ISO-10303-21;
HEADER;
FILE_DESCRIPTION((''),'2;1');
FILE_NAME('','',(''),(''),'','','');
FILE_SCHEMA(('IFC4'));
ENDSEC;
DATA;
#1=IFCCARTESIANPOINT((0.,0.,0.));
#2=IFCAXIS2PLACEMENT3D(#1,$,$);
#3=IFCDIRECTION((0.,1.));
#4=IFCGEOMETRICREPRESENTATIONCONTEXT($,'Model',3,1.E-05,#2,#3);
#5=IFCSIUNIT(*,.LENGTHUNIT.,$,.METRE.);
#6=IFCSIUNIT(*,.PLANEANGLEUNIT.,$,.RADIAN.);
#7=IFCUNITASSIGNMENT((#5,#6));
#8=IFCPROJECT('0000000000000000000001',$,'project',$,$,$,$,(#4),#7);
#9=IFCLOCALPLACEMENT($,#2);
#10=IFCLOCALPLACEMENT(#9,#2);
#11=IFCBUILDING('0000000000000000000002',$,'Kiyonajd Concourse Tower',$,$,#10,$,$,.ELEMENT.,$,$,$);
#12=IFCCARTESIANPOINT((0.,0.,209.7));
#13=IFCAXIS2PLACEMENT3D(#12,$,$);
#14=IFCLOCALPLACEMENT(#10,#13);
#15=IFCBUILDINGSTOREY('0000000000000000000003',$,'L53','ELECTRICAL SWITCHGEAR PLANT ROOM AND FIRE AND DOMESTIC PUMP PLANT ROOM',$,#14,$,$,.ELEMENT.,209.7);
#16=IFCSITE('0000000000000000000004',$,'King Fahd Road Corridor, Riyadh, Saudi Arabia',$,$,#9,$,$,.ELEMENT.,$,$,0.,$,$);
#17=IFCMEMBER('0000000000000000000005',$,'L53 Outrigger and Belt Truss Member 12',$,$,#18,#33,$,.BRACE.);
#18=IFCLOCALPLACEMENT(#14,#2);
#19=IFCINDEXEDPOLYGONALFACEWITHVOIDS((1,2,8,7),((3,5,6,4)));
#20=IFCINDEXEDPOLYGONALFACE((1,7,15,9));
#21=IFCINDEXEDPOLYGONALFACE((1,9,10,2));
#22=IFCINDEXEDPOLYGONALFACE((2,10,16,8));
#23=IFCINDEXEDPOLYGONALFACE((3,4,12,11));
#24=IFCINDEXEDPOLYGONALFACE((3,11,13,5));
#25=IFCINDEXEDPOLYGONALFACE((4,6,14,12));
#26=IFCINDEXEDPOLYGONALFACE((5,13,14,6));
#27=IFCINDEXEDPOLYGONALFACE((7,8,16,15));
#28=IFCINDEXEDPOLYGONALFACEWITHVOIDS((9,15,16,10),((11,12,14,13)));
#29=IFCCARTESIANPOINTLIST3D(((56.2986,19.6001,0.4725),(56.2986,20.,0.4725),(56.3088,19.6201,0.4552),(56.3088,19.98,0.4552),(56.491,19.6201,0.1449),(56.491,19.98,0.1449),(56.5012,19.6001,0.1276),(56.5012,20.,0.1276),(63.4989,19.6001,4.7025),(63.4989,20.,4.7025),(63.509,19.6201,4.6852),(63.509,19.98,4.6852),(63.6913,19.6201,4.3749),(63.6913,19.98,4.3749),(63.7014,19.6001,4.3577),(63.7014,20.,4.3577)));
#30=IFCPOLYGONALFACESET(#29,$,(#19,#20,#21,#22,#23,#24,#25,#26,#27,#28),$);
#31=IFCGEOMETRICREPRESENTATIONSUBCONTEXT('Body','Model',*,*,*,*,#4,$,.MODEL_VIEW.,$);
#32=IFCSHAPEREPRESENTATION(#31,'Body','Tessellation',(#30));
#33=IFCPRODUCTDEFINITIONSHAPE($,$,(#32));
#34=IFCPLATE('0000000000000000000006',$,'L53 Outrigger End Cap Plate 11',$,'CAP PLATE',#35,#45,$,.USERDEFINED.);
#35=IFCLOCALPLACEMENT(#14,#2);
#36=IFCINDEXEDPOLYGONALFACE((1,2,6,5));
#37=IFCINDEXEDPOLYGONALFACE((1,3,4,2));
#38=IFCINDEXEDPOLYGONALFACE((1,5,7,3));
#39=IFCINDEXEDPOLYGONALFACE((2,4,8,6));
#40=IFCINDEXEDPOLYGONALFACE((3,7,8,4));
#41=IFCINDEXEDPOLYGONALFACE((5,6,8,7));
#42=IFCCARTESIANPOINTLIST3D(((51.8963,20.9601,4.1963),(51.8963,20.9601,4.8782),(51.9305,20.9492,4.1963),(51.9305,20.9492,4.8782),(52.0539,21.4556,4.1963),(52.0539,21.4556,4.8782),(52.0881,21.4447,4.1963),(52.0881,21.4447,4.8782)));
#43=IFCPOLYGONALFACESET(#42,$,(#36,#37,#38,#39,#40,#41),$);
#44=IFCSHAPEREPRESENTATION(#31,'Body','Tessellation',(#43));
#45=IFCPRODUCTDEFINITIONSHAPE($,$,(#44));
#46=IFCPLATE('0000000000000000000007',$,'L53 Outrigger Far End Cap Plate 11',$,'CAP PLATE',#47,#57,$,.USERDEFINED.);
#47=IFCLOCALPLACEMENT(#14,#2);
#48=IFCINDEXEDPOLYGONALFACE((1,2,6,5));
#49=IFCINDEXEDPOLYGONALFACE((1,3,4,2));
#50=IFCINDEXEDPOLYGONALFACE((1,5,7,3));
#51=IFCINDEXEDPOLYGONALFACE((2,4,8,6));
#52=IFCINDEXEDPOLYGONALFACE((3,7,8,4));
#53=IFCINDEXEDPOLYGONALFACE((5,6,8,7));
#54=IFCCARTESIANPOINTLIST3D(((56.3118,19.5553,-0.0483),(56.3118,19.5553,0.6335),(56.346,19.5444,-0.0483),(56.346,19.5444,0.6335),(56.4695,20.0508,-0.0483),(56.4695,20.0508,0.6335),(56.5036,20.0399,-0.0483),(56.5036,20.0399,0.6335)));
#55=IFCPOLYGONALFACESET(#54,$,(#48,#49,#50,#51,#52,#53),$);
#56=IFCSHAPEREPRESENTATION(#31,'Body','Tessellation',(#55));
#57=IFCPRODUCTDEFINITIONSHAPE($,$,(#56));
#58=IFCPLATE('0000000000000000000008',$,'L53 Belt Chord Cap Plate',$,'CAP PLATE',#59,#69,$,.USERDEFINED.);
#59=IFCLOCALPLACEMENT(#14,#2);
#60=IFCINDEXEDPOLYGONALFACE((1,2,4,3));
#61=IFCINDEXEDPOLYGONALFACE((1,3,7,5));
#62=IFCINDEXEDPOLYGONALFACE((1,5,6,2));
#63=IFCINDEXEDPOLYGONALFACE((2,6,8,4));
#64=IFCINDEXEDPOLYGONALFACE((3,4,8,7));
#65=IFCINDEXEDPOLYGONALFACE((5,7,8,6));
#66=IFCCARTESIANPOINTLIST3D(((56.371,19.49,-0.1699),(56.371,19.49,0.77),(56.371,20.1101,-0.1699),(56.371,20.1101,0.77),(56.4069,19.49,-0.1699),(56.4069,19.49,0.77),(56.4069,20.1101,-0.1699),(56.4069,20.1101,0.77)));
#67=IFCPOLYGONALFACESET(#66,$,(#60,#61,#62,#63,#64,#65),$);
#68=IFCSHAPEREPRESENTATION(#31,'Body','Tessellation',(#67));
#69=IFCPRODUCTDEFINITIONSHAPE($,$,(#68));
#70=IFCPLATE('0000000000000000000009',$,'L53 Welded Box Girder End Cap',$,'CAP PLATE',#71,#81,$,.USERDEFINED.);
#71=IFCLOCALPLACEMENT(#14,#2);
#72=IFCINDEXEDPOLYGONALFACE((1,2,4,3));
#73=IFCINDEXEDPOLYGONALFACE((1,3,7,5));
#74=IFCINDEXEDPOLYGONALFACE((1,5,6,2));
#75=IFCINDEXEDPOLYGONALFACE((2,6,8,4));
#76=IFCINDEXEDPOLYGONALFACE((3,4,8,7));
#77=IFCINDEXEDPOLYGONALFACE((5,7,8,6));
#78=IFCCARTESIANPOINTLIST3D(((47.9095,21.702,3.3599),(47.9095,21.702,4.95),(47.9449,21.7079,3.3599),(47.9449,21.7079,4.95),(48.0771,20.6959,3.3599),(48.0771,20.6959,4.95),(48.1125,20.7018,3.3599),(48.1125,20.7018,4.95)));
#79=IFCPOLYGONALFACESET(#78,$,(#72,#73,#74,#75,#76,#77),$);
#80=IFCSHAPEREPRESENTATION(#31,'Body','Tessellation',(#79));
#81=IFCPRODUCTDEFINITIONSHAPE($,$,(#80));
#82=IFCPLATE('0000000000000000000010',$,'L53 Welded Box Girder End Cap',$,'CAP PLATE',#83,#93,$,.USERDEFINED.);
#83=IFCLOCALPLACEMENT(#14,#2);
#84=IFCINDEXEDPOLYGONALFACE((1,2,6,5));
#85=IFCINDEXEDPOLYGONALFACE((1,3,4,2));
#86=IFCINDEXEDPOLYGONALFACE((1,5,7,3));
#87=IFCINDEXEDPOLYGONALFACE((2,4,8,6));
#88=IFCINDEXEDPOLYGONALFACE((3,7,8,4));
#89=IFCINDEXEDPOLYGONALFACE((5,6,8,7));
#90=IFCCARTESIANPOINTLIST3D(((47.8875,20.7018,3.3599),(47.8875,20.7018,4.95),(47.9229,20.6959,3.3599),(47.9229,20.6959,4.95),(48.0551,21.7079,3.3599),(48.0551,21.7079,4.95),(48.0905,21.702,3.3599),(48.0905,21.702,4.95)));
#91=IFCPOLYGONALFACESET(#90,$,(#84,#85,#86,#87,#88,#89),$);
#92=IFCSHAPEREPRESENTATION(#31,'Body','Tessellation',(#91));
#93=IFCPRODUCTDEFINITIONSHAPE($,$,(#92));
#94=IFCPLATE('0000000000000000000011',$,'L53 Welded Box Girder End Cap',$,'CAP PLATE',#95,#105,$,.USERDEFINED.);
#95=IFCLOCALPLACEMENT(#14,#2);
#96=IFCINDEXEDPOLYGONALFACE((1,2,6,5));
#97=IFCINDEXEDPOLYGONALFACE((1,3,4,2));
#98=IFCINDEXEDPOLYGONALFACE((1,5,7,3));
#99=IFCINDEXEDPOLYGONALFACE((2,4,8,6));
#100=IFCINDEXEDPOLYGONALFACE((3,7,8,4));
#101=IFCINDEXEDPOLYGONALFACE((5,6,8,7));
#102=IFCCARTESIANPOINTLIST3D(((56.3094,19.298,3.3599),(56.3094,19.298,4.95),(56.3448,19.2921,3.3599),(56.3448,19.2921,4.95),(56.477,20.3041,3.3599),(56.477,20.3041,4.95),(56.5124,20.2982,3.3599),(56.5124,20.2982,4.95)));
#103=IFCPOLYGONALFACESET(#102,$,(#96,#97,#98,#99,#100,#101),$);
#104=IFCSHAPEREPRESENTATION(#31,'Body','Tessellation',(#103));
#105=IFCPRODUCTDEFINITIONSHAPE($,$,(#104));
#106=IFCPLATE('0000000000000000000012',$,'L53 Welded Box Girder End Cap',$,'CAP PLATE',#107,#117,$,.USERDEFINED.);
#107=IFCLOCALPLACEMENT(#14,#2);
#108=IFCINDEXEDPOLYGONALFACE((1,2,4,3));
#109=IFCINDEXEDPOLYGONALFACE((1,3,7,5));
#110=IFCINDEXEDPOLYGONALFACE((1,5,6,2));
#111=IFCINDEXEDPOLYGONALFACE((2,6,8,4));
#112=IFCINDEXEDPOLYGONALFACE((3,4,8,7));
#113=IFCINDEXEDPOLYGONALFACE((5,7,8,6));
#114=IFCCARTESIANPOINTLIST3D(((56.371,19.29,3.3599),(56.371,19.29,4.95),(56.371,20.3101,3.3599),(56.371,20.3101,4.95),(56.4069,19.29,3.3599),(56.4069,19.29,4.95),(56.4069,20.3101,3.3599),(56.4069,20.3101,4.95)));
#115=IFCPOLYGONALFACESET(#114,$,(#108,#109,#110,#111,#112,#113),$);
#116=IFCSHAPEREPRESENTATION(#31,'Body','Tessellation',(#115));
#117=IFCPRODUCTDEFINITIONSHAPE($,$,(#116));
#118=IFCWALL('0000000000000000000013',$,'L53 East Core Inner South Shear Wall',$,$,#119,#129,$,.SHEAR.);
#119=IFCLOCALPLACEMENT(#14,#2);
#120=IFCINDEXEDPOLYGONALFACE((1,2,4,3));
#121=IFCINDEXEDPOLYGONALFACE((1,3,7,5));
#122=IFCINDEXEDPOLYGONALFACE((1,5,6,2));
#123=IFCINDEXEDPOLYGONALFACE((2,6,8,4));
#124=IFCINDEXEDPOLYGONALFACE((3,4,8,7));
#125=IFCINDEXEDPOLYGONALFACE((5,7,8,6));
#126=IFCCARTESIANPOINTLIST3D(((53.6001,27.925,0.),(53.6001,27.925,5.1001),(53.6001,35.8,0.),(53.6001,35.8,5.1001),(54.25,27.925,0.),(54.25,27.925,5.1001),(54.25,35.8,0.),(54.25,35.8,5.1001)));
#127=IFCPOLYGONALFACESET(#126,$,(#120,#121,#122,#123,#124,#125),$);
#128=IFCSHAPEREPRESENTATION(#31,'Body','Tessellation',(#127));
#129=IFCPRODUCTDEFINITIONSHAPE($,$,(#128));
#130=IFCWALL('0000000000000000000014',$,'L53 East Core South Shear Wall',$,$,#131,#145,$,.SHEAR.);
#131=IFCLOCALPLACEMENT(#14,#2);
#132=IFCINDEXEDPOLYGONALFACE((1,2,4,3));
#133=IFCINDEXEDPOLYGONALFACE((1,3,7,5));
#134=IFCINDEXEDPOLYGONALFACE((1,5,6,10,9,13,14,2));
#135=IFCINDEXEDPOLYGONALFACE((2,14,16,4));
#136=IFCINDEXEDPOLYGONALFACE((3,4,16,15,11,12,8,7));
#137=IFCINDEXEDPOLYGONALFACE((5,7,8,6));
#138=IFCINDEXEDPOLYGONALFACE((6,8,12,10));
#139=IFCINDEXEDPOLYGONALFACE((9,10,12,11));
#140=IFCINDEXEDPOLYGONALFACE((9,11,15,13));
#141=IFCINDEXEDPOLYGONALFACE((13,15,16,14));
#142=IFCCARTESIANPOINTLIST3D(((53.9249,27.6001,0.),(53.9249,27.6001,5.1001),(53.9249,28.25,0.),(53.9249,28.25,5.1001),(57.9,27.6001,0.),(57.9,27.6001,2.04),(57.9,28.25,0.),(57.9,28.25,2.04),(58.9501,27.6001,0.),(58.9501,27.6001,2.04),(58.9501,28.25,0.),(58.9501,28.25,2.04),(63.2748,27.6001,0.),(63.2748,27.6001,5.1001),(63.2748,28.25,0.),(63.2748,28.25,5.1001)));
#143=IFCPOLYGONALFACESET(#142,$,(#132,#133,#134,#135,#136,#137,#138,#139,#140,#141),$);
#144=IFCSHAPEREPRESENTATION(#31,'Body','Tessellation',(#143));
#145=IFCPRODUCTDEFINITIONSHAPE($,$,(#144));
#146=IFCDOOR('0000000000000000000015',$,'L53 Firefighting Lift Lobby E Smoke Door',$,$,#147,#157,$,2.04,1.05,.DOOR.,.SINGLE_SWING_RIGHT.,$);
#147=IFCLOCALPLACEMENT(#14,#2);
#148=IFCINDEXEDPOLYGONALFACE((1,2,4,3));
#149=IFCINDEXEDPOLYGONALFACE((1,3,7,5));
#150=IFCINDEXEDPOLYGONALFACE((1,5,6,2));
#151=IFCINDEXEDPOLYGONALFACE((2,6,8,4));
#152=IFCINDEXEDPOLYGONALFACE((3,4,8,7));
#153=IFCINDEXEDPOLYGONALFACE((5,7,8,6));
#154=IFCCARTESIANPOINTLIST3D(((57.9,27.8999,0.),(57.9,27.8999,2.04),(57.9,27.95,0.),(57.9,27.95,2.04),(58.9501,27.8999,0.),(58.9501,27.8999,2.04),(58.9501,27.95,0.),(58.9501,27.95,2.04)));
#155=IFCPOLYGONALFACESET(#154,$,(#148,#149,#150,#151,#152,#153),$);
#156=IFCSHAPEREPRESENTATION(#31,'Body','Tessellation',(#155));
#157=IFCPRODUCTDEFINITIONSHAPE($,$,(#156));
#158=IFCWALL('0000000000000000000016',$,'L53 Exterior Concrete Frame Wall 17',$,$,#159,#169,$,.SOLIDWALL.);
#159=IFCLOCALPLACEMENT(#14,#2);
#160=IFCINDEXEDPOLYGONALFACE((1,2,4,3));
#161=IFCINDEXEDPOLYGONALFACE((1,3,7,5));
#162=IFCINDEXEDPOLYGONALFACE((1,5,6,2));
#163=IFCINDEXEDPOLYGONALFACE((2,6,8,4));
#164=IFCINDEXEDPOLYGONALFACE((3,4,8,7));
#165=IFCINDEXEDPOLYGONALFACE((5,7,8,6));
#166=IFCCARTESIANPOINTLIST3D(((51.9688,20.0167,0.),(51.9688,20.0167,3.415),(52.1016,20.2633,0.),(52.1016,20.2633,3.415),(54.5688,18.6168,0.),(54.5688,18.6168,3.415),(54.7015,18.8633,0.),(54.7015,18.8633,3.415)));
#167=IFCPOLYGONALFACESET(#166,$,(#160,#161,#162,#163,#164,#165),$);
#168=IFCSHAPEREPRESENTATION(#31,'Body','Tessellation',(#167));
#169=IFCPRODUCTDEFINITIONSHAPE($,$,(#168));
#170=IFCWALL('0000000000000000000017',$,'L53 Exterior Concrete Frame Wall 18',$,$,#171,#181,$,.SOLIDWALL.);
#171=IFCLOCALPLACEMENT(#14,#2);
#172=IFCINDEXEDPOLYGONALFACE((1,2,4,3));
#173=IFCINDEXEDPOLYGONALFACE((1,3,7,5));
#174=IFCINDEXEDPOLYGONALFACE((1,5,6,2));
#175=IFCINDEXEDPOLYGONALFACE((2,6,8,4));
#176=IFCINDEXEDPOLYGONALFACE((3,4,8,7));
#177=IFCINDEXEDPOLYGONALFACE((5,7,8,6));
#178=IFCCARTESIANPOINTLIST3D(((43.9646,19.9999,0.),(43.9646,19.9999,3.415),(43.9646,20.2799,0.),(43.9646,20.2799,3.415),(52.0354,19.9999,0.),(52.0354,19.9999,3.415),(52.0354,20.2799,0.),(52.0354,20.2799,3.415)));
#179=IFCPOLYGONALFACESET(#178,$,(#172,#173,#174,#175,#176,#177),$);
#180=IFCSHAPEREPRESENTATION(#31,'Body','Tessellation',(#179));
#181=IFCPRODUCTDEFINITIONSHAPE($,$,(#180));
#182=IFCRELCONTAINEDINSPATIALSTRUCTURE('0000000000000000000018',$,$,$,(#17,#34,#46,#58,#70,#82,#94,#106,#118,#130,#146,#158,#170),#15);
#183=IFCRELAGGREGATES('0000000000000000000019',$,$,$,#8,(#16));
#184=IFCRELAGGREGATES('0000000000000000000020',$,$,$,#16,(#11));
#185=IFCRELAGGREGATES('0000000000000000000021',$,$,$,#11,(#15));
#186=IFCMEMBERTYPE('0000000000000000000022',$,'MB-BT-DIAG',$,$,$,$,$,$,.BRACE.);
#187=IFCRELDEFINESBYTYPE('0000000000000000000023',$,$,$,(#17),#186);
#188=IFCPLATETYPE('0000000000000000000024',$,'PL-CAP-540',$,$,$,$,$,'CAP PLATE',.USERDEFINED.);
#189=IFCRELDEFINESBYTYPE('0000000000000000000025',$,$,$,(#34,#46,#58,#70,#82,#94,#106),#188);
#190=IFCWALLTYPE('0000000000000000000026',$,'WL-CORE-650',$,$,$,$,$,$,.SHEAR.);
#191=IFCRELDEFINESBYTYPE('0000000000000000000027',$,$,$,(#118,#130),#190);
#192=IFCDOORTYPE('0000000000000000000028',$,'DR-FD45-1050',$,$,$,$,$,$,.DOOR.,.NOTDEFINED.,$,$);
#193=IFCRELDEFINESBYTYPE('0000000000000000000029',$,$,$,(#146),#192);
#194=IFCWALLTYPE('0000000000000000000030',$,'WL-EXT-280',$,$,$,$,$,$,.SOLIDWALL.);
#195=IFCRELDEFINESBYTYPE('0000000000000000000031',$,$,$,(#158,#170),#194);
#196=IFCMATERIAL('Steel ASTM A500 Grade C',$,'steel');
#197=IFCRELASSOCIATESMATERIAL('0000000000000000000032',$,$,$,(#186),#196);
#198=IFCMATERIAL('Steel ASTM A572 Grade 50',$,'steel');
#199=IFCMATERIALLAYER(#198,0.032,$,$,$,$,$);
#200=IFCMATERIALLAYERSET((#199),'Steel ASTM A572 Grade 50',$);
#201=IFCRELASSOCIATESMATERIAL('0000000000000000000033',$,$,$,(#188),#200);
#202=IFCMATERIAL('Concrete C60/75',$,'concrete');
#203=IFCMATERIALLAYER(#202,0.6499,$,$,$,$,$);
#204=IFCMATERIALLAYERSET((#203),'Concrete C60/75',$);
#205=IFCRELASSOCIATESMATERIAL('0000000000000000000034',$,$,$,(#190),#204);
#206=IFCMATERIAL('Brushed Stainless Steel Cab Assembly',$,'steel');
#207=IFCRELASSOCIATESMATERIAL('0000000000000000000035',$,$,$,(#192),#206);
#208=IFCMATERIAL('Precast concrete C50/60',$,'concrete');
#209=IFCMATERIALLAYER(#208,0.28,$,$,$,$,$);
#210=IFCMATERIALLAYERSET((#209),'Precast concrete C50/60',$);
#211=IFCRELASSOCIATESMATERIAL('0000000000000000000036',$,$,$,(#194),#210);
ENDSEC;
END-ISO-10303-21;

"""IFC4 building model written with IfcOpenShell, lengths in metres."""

from ifc_helpers import new_model, si_unit, direction, frame, frame_2d, origin, origin_2d, place, context, subcontext, project, spatial, rectangle, hollow_rectangle, extrude, material, layer, layer_set, material_profile, profile_set, type_object, element, fill, save


model = new_model("IFC4")

# Units and contexts
model_context = context("Model", 3, precision=1e-05, world=origin(), true_north=direction((0.0, 1.0)))
body_context = subcontext(model_context, "Body", "Model", "MODEL_VIEW")
ifc_project = project(units=[si_unit("LENGTHUNIT", "METRE"), si_unit("PLANEANGLEUNIT", "RADIAN")], contexts=[model_context])

# Site, building, storey
site_placement = place(None, origin())
site = spatial("IfcSite", under=ifc_project, at=site_placement, Name="King Fahd Road Corridor, Riyadh, Saudi Arabia", CompositionType="ELEMENT", RefElevation=0.0)
building_placement = place(site_placement, origin())
building = spatial("IfcBuilding", under=site, at=building_placement, Name="Kiyonajd Concourse Tower", CompositionType="ELEMENT")
storey_placement = place(building_placement, frame((0.0, 0.0, 209.7)))
storey = spatial("IfcBuildingStorey", under=building, at=storey_placement, Name="L53", Description="ELECTRICAL SWITCHGEAR PLANT ROOM AND FIRE AND DOMESTIC PUMP PLANT ROOM", CompositionType="ELEMENT", Elevation=209.7)

# Shared definitions
ifc_material_1 = material(Name="Steel ASTM A572 Grade 50", Category="steel")

# Member
ifc_material_2 = material(Name="Steel ASTM A500 Grade C", Category="steel")
ifc_material_profile_1 = material_profile(ifc_material_2, hollow_rectangle(XDim=0.3999, YDim=0.3999, WallThickness=0.02, at=origin_2d()), Name="HSS-400x400x20")
ifc_profile_set_1 = profile_set([ifc_material_profile_1], Name="Steel ASTM A500 Grade C")
member_type_1 = type_object("IfcMemberType", Name="MB-BT-DIAG", PredefinedType="BRACE", material=ifc_profile_set_1)
member_1_placement = place(storey_placement, frame((56.3999, 19.8, 0.3), z_axis=(0.862218, 0.0, 0.506537), x_axis=(0.0, 1.0, 0.0)))
element("IfcMember", 1, at=member_1_placement, inside=storey, type_object=member_type_1, Name="L53 Outrigger and Belt Truss Member 12", PredefinedType="BRACE", context=body_context, shape_type="SweptSolid", body=[
    extrude(hollow_rectangle(XDim=0.3999, YDim=0.3999, WallThickness=0.02, at=origin_2d()), origin(), (0.0, 0.0, 1.0), 8.3508),
])

# Plates
ifc_layer_1 = layer(ifc_material_1, 0.032)
ifc_layer_set_1 = layer_set([ifc_layer_1], Name="Steel ASTM A572 Grade 50")
plate_type = type_object("IfcPlateType", Name="PL-CAP-540", ElementType="CAP PLATE", PredefinedType="USERDEFINED", material=ifc_layer_set_1)
for number, where, z_axis, x_axis, name in (
    (2, (51.9922, 21.2024, 4.1963), (0.0, 0.0, 1.0), (-0.952926, 0.303202, 0.0), "L53 Outrigger End Cap Plate 11"),
    (3, (56.4077, 19.7976, -0.0483), (0.0, 0.0, 1.0), (0.952926, -0.303202, 0.0), "L53 Outrigger Far End Cap Plate 11"),
):
    element("IfcPlate", number, at=place(storey_placement, frame(where, z_axis=z_axis, x_axis=x_axis)), inside=storey, type_object=plate_type, Name=name, ObjectType="CAP PLATE", PredefinedType="USERDEFINED", context=body_context, shape_type="SweptSolid", body=[
        extrude(rectangle(XDim=0.0359, YDim=0.52, at=origin_2d()), origin(), (0.0, 0.0, 1.0), 0.6819),
    ])
plate_placement = place(storey_placement, frame((56.3889, 19.8, -0.1699), z_axis=(0.0, 0.0, 1.0), x_axis=(-1.0, 0.0, 0.0)))
element("IfcPlate", 4, at=plate_placement, inside=storey, type_object=plate_type, Name="L53 Belt Chord Cap Plate", ObjectType="CAP PLATE", PredefinedType="USERDEFINED", context=body_context, shape_type="SweptSolid", body=[
    extrude(rectangle(XDim=0.0359, YDim=0.6201, at=origin_2d()), origin(), (0.0, 0.0, 1.0), 0.9399),
])
for number, where, z_axis, x_axis, name in (
    (5, (48.011, 21.2019, 3.3599), (0.0, 0.0, 1.0), (0.986401, 0.164359, 0.0), "L53 Welded Box Girder End Cap"),
    (6, (47.989, 21.2019, 3.3599), (0.0, 0.0, 1.0), (-0.986401, 0.164359, 0.0), "L53 Welded Box Girder End Cap"),
    (7, (56.4109, 19.7981, 3.3599), (0.0, 0.0, 1.0), (0.986401, -0.164359, 0.0), "L53 Welded Box Girder End Cap"),
    (8, (56.3889, 19.8, 3.3599), (0.0, 0.0, 1.0), (-1.0, 0.0, 0.0), "L53 Welded Box Girder End Cap"),
):
    element("IfcPlate", number, at=place(storey_placement, frame(where, z_axis=z_axis, x_axis=x_axis)), inside=storey, type_object=plate_type, Name=name, ObjectType="CAP PLATE", PredefinedType="USERDEFINED", context=body_context, shape_type="SweptSolid", body=[
        extrude(rectangle(XDim=0.0359, YDim=1.02, at=origin_2d()), origin(), (0.0, 0.0, 1.0), 1.5901),
    ])

# Wall
ifc_material_3 = material(Name="Concrete C60/75", Category="concrete")
ifc_layer_2 = layer(ifc_material_3, 0.6499)
ifc_layer_set_2 = layer_set([ifc_layer_2], Name="Concrete C60/75")
wall_type_1 = type_object("IfcWallType", Name="WL-CORE-650", PredefinedType="SHEAR", material=ifc_layer_set_2)
wall_1_placement = place(storey_placement, frame((53.925, 27.925, 0.0), z_axis=(0.0, 0.0, 1.0), x_axis=(0.0, 1.0, 0.0)))
element("IfcWall", 9, at=wall_1_placement, inside=storey, type_object=wall_type_1, Name="L53 East Core Inner South Shear Wall", PredefinedType="SHEAR", context=body_context, shape_type="SweptSolid", body=[
    extrude(rectangle(XDim=7.875, YDim=0.6499, at=frame_2d((3.9375, 0.0))), origin(), (0.0, 0.0, 1.0), 5.1001),
])

# Wall, opening, door
wall_2_placement = place(storey_placement, frame((53.925, 27.925, 0.0), z_axis=(0.0, 0.0, 1.0), x_axis=(1.0, 0.0, 0.0)))
wall_2 = element("IfcWall", 10, at=wall_2_placement, inside=storey, type_object=wall_type_1, Name="L53 East Core South Shear Wall", PredefinedType="SHEAR", context=body_context, shape_type="SweptSolid", body=[
    extrude(rectangle(XDim=9.3499, YDim=0.6499, at=frame_2d((4.6748, 0.0))), origin(), (0.0, 0.0, 1.0), 5.1001),
])
opening_1_placement = place(wall_2_placement, frame((3.9751, 0.0, 0.0)))
opening_1 = element("IfcOpeningElement", 11, at=opening_1_placement, cuts=wall_2, PredefinedType="OPENING", context=body_context, shape_type="SweptSolid", body=[
    extrude(rectangle(XDim=1.05, YDim=2.04, at=frame_2d((0.5249, 1.02))), frame((0.0, 0.335, 0.0), z_axis=(0.0, -1.0, 0.0), x_axis=(1.0, 0.0, 0.0)), (0.0, 0.0, 1.0), 0.6699),
])
ifc_material_4 = material(Name="Brushed Stainless Steel Cab Assembly", Category="steel")
door_type_1 = type_object("IfcDoorType", Name="DR-FD45-1050", OperationType="NOTDEFINED", PredefinedType="DOOR", material=ifc_material_4)
door_1_placement = place(opening_1_placement, origin())
door_1 = element("IfcDoor", 12, at=door_1_placement, inside=storey, type_object=door_type_1, Name="L53 Firefighting Lift Lobby E Smoke Door", OperationType="SINGLE_SWING_RIGHT", OverallHeight=2.04, OverallWidth=1.05, PredefinedType="DOOR", context=body_context, shape_type="SweptSolid", body=[
    extrude(rectangle(XDim=1.05, YDim=2.04, at=frame_2d((0.5249, 1.02))), frame((0.0, 0.0249, 0.0), z_axis=(0.0, -1.0, 0.0), x_axis=(1.0, 0.0, 0.0)), (0.0, 0.0, 1.0), 0.05),
])
fill(opening_1, door_1)

# Walls
ifc_material_5 = material(Name="Precast concrete C50/60", Category="concrete")
ifc_layer_3 = layer(ifc_material_5, 0.28)
ifc_layer_set_3 = layer_set([ifc_layer_3], Name="Precast concrete C50/60")
wall_type_2 = type_object("IfcWallType", Name="WL-EXT-280", PredefinedType="SOLIDWALL", material=ifc_layer_set_3)
wall_3_placement = place(storey_placement, frame((54.6353, 18.74, 0.0), z_axis=(0.0, 0.0, 1.0), x_axis=(-0.880474, 0.474095, 0.0)))
element("IfcWall", 13, at=wall_3_placement, inside=storey, type_object=wall_type_2, Name="L53 Exterior Concrete Frame Wall 17", PredefinedType="SOLIDWALL", context=body_context, shape_type="SweptSolid", body=[
    extrude(rectangle(XDim=2.9529, YDim=0.28, at=frame_2d((1.4766, 0.0))), origin(), (0.0, 0.0, 1.0), 3.415),
])
wall_4_placement = place(storey_placement, frame((52.0354, 20.1399, 0.0), z_axis=(0.0, 0.0, 1.0), x_axis=(-1.0, 0.0, 0.0)))
element("IfcWall", 14, at=wall_4_placement, inside=storey, type_object=wall_type_2, Name="L53 Exterior Concrete Frame Wall 18", PredefinedType="SOLIDWALL", context=body_context, shape_type="SweptSolid", body=[
    extrude(rectangle(XDim=8.0708, YDim=0.28, at=frame_2d((4.0354, 0.0))), origin(), (0.0, 0.0, 1.0), 3.415),
])

save(model, "model.ifc")
